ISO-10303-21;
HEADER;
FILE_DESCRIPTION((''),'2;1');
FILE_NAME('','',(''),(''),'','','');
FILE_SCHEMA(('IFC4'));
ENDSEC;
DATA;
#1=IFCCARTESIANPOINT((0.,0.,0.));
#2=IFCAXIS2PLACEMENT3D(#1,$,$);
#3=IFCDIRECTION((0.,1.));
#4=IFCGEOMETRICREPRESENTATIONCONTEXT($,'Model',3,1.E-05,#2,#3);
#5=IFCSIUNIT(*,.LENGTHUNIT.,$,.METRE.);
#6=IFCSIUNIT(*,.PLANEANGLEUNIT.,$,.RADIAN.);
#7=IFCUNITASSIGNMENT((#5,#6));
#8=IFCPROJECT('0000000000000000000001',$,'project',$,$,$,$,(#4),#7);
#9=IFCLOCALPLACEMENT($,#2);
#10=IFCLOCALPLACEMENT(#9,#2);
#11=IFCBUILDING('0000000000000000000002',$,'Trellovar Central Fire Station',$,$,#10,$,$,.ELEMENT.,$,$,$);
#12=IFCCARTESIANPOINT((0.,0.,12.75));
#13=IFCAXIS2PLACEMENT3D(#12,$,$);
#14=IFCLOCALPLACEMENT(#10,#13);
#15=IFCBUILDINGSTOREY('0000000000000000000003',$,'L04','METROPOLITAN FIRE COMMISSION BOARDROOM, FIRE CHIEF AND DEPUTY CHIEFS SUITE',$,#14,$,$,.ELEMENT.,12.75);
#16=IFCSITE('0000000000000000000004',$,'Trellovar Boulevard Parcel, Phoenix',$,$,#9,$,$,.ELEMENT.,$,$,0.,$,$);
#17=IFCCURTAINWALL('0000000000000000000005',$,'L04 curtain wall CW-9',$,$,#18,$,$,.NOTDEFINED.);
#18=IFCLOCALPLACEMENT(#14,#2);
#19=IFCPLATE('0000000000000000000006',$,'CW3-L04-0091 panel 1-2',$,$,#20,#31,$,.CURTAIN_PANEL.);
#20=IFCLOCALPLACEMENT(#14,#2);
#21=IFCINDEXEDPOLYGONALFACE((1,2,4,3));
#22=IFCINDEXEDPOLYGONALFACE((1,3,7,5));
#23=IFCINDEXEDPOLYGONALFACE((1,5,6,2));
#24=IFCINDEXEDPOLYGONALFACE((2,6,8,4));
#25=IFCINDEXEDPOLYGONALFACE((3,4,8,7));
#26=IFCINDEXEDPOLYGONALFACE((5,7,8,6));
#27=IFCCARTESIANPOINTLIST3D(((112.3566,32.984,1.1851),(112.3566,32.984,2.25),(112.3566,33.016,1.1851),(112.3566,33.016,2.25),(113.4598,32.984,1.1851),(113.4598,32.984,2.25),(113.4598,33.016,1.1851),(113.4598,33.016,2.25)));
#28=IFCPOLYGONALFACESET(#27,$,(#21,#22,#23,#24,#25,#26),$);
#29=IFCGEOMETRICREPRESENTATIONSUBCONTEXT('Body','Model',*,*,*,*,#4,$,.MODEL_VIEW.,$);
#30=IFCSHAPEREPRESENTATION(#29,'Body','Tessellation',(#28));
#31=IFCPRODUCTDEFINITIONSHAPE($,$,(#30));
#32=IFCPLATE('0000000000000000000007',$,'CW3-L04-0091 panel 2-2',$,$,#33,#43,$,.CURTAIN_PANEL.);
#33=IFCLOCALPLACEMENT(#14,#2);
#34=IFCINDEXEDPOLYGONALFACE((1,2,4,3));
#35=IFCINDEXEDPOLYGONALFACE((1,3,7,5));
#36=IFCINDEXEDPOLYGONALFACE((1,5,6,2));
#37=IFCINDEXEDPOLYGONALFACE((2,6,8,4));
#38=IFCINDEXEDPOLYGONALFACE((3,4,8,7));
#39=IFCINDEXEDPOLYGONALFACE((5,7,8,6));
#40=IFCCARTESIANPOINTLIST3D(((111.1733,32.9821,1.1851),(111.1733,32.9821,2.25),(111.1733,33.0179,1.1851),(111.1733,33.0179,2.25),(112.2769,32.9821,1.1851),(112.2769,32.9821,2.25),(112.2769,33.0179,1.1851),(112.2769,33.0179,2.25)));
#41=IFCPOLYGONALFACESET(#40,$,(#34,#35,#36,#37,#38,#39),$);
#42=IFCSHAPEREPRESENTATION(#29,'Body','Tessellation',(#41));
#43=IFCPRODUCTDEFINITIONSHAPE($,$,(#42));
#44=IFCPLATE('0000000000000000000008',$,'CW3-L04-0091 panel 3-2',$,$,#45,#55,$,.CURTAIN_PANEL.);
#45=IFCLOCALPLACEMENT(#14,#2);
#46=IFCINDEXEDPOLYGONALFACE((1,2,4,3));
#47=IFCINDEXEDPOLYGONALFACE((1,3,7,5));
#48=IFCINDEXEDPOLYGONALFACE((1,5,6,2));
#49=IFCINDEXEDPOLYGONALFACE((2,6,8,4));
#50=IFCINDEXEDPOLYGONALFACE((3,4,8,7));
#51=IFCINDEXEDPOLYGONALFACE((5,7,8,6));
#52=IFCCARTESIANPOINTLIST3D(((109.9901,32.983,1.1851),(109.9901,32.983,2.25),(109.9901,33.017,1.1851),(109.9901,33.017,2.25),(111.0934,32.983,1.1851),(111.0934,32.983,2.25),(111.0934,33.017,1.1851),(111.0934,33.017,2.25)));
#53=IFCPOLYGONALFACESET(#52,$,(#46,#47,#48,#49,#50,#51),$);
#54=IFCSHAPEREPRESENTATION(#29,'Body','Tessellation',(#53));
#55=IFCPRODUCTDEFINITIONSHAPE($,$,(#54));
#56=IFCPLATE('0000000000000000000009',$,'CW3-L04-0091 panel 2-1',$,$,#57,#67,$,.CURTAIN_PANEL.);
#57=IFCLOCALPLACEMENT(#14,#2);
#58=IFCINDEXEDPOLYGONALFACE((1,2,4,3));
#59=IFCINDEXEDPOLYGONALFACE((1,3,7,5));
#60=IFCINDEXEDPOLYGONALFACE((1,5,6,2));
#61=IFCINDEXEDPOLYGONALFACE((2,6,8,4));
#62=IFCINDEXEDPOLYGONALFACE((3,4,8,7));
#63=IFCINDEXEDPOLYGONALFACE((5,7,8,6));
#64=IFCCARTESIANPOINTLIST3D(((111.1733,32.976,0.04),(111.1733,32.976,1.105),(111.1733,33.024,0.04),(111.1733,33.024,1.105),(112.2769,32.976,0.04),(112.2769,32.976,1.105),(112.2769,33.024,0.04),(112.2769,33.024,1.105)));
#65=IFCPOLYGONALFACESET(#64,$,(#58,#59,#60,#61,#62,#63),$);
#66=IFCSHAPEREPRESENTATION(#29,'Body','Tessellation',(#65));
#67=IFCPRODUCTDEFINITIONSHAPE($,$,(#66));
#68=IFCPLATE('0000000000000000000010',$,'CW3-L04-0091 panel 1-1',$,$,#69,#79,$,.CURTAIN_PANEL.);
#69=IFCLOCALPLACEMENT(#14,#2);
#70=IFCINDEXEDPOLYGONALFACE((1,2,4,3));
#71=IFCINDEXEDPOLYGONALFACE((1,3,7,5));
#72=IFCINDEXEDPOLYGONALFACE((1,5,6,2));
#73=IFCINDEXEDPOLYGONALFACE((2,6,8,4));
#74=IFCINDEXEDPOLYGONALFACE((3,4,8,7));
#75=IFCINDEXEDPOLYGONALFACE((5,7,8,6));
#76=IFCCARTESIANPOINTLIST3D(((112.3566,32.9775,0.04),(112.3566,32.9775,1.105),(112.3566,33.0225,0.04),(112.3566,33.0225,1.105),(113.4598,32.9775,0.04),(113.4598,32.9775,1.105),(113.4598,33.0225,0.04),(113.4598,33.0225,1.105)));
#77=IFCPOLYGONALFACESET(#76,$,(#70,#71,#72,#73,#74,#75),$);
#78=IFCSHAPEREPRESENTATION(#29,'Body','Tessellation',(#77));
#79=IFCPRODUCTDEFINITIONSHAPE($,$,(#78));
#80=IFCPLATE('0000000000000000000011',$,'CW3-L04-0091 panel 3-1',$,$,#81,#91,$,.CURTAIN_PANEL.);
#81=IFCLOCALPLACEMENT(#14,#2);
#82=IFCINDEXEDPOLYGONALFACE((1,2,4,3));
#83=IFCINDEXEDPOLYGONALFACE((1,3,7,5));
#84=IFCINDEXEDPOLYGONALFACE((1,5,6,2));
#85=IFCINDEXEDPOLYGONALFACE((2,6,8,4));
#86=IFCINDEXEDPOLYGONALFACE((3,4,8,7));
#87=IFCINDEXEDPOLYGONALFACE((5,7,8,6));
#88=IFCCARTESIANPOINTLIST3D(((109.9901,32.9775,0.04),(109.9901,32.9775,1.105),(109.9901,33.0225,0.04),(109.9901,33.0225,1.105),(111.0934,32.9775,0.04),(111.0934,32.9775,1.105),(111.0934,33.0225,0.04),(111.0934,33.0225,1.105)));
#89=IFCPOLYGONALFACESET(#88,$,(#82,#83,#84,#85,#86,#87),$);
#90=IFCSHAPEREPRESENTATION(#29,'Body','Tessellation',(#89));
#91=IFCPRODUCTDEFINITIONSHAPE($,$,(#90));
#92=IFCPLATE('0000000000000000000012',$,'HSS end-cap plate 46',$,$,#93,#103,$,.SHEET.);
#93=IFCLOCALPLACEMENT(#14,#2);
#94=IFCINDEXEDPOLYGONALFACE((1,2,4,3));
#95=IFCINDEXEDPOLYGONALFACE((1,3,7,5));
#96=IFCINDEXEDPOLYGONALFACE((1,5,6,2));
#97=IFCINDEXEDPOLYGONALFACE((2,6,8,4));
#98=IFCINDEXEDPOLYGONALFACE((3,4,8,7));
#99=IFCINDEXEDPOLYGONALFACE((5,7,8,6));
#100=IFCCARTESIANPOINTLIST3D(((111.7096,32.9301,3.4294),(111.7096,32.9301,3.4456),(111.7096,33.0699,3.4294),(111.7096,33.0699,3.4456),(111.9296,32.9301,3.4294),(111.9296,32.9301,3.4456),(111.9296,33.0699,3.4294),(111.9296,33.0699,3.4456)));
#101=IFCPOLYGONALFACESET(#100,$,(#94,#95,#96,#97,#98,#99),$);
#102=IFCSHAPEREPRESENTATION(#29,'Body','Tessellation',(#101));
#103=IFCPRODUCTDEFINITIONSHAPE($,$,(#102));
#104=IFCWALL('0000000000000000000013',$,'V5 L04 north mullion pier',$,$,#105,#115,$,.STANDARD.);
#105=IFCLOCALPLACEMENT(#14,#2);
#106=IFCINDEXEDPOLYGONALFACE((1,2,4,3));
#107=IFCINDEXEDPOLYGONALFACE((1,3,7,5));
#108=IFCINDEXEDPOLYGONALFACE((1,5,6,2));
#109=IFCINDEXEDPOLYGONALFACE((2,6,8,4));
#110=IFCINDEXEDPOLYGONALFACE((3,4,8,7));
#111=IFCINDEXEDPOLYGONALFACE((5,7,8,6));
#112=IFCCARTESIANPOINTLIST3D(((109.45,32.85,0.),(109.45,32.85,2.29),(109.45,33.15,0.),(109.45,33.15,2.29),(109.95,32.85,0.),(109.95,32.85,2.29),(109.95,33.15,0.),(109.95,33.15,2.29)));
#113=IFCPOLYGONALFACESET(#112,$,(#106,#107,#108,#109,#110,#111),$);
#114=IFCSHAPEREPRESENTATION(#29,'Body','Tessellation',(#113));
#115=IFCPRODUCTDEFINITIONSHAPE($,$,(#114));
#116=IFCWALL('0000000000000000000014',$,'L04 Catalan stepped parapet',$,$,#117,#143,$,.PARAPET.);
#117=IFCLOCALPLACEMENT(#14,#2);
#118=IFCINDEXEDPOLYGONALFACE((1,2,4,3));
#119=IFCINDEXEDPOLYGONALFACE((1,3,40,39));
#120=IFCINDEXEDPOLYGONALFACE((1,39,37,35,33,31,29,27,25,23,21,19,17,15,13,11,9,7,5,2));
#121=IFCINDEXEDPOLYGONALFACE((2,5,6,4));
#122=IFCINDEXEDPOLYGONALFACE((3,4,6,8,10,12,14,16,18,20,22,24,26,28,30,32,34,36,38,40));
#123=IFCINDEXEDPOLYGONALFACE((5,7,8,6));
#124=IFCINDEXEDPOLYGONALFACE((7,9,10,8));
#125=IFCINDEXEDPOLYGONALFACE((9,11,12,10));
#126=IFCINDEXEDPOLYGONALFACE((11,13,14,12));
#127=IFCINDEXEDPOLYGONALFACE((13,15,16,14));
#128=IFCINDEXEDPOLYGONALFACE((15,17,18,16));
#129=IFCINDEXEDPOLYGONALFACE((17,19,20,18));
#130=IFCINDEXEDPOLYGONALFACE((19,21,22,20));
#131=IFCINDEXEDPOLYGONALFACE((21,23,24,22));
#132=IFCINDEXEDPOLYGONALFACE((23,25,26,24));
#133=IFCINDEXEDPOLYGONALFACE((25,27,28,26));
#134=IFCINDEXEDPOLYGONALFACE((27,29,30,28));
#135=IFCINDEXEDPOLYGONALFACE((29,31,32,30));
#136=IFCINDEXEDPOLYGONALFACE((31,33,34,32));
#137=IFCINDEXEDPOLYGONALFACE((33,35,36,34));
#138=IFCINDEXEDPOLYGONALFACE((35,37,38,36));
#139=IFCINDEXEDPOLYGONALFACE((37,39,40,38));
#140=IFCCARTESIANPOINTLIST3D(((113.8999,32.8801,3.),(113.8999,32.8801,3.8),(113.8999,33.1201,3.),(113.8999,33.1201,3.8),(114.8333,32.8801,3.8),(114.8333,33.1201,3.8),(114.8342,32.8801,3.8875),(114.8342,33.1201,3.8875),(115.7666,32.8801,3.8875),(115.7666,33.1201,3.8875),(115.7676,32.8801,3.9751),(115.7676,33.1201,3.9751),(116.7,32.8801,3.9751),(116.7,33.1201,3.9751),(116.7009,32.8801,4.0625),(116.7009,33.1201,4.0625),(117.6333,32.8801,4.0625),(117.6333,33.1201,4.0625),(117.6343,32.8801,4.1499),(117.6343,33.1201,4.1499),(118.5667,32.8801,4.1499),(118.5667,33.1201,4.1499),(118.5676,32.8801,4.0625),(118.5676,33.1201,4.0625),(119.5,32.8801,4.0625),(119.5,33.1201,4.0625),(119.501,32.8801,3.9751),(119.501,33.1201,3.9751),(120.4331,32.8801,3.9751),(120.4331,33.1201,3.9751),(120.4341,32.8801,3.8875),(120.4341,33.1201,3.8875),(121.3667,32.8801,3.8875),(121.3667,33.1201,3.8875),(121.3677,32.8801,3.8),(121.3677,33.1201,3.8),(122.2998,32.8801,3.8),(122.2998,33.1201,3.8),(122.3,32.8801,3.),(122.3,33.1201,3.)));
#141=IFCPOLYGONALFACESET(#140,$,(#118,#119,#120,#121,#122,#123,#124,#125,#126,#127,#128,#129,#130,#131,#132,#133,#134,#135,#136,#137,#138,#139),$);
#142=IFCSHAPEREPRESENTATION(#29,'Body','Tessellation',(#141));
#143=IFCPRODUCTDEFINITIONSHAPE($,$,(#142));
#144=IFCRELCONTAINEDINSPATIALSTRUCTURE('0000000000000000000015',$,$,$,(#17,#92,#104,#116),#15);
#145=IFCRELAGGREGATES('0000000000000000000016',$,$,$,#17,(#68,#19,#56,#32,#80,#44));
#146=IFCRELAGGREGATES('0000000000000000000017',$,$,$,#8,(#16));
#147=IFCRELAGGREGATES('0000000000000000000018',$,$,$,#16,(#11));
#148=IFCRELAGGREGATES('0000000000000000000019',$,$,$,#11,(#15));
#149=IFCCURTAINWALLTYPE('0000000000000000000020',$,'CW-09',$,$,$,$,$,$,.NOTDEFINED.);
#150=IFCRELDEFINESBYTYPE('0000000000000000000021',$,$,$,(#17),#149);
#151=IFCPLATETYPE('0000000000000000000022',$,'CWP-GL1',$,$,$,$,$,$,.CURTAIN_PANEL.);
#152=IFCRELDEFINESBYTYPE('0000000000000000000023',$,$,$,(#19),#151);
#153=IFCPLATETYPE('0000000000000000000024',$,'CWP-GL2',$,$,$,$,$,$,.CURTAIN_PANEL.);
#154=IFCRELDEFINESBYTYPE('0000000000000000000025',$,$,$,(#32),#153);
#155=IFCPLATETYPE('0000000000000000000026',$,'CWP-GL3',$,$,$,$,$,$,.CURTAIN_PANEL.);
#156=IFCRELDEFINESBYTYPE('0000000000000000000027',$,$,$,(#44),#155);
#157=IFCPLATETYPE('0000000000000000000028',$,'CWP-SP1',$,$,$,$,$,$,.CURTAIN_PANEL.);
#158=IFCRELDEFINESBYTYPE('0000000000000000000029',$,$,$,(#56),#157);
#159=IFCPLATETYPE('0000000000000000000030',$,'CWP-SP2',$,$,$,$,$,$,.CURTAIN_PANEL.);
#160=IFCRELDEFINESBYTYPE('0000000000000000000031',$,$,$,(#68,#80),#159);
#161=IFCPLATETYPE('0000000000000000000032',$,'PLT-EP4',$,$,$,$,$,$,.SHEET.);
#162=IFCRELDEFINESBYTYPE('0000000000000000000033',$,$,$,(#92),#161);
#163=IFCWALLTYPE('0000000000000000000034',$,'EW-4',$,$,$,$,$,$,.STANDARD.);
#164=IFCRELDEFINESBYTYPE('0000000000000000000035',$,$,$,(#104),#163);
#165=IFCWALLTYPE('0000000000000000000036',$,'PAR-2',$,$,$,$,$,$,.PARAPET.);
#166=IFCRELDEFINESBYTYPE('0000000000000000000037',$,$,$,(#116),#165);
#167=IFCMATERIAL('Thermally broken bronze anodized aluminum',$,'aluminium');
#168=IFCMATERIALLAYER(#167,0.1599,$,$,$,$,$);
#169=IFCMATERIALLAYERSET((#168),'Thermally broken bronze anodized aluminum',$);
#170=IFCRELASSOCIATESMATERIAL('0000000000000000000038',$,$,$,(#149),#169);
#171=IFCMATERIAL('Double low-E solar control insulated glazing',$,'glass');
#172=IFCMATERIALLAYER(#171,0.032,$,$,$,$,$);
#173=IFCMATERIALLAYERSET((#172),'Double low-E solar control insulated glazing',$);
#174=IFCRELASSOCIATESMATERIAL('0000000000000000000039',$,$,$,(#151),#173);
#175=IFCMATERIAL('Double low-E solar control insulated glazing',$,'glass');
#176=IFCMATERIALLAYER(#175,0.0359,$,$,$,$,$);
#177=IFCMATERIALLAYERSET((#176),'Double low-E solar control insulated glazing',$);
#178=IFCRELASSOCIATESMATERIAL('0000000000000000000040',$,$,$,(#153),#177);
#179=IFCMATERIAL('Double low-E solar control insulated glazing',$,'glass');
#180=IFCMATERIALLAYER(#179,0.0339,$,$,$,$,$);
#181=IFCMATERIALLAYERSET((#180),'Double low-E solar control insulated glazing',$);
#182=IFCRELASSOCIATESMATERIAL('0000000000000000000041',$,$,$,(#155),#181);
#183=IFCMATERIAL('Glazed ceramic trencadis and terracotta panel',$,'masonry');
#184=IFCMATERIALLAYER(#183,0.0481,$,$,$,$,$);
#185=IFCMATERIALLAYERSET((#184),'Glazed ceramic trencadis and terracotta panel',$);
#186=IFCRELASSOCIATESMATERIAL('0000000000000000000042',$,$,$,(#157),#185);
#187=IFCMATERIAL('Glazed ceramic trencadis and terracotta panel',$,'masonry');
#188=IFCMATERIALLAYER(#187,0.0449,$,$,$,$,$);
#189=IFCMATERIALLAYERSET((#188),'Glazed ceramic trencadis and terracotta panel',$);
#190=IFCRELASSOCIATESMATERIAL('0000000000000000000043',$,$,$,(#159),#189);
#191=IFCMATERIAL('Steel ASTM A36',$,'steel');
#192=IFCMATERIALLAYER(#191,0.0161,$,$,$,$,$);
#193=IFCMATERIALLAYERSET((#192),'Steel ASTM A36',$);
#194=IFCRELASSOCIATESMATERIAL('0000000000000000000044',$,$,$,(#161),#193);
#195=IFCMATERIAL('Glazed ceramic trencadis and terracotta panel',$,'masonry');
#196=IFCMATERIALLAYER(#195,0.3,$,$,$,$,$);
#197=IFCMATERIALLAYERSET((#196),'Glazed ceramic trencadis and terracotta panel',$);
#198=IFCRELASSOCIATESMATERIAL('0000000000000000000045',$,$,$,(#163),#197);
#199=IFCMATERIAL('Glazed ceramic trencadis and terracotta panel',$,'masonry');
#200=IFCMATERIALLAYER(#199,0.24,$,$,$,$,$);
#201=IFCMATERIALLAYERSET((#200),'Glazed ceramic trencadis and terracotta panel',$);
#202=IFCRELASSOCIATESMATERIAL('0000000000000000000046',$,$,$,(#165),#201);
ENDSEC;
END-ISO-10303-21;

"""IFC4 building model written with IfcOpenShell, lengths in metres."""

from ifc_helpers import new_model, si_unit, direction, frame, frame_2d, origin, origin_2d, place, context, subcontext, project, spatial, polyline, rectangle, outline, extrude, material, layer, layer_set, type_object, element, aggregate, save


model = new_model("IFC4")

# Units and contexts
model_context = context("Model", 3, precision=1e-05, world=origin(), true_north=direction((0.0, 1.0)))
body_context = subcontext(model_context, "Body", "Model", "MODEL_VIEW")
ifc_project = project(units=[si_unit("LENGTHUNIT", "METRE"), si_unit("PLANEANGLEUNIT", "RADIAN")], contexts=[model_context])

# Site, building, storey
site_placement = place(None, origin())
site = spatial("IfcSite", under=ifc_project, at=site_placement, Name="Trellovar Boulevard Parcel, Phoenix", CompositionType="ELEMENT", RefElevation=0.0)
building_placement = place(site_placement, origin())
building = spatial("IfcBuilding", under=site, at=building_placement, Name="Trellovar Central Fire Station", CompositionType="ELEMENT")
storey_placement = place(building_placement, frame((0.0, 0.0, 12.75)))
storey = spatial("IfcBuildingStorey", under=building, at=storey_placement, Name="L04", Description="METROPOLITAN FIRE COMMISSION BOARDROOM, FIRE CHIEF AND DEPUTY CHIEFS SUITE", CompositionType="ELEMENT", Elevation=12.75)

# Curtain wall
ifc_material_1 = material(Name="Thermally broken bronze anodized aluminum", Category="aluminium")
ifc_layer_1 = layer(ifc_material_1, 0.1599)
ifc_layer_set_1 = layer_set([ifc_layer_1], Name="Thermally broken bronze anodized aluminum")
curtain_wall_type = type_object("IfcCurtainWallType", Name="CW-09", PredefinedType="NOTDEFINED", material=ifc_layer_set_1)
curtain_wall_placement = place(storey_placement, origin())
curtain_wall = element("IfcCurtainWall", 1, at=curtain_wall_placement, inside=storey, type_object=curtain_wall_type, Name="L04 curtain wall CW-9", PredefinedType="NOTDEFINED")

# Plates
ifc_material_2 = material(Name="Double low-E solar control insulated glazing", Category="glass")
ifc_layer_2 = layer(ifc_material_2, 0.032)
ifc_layer_set_2 = layer_set([ifc_layer_2], Name="Double low-E solar control insulated glazing")
plate_type_1 = type_object("IfcPlateType", Name="CWP-GL1", PredefinedType="CURTAIN_PANEL", material=ifc_layer_set_2)
plate_1_placement = place(storey_placement, frame((112.9082, 33.0, 1.1851), z_axis=(0.0, 0.0, 1.0), x_axis=(-1.0, 0.0, 0.0)))
plate_1 = element("IfcPlate", 2, at=plate_1_placement, type_object=plate_type_1, Name="CW3-L04-0091 panel 1-2", PredefinedType="CURTAIN_PANEL", context=body_context, shape_type="SweptSolid", body=[
    extrude(rectangle(XDim=1.1033, YDim=0.032, at=origin_2d()), origin(), (0.0, 0.0, 1.0), 1.0649),
])
ifc_material_3 = material(Name="Double low-E solar control insulated glazing", Category="glass")
ifc_layer_3 = layer(ifc_material_3, 0.0359)
ifc_layer_set_3 = layer_set([ifc_layer_3], Name="Double low-E solar control insulated glazing")
plate_type_2 = type_object("IfcPlateType", Name="CWP-GL2", PredefinedType="CURTAIN_PANEL", material=ifc_layer_set_3)
plate_2_placement = place(storey_placement, frame((111.7251, 33.0, 1.1851), z_axis=(0.0, 0.0, 1.0), x_axis=(-1.0, 0.0, 0.0)))
plate_2 = element("IfcPlate", 3, at=plate_2_placement, type_object=plate_type_2, Name="CW3-L04-0091 panel 2-2", PredefinedType="CURTAIN_PANEL", context=body_context, shape_type="SweptSolid", body=[
    extrude(rectangle(XDim=1.1035, YDim=0.0359, at=origin_2d()), origin(), (0.0, 0.0, 1.0), 1.0649),
])
ifc_material_4 = material(Name="Double low-E solar control insulated glazing", Category="glass")
ifc_layer_4 = layer(ifc_material_4, 0.0339)
ifc_layer_set_4 = layer_set([ifc_layer_4], Name="Double low-E solar control insulated glazing")
plate_type_3 = type_object("IfcPlateType", Name="CWP-GL3", PredefinedType="CURTAIN_PANEL", material=ifc_layer_set_4)
plate_3_placement = place(storey_placement, frame((110.5417, 33.0, 1.1851), z_axis=(0.0, 0.0, 1.0), x_axis=(-1.0, 0.0, 0.0)))
plate_3 = element("IfcPlate", 4, at=plate_3_placement, type_object=plate_type_3, Name="CW3-L04-0091 panel 3-2", PredefinedType="CURTAIN_PANEL", context=body_context, shape_type="SweptSolid", body=[
    extrude(rectangle(XDim=1.1033, YDim=0.0339, at=origin_2d()), origin(), (0.0, 0.0, 1.0), 1.0649),
])
ifc_material_5 = material(Name="Glazed ceramic trencadis and terracotta panel", Category="masonry")
ifc_layer_5 = layer(ifc_material_5, 0.0481)
ifc_layer_set_5 = layer_set([ifc_layer_5], Name="Glazed ceramic trencadis and terracotta panel")
plate_type_4 = type_object("IfcPlateType", Name="CWP-SP1", PredefinedType="CURTAIN_PANEL", material=ifc_layer_set_5)
plate_4_placement = place(storey_placement, frame((111.7251, 33.0, 0.04), z_axis=(0.0, 0.0, 1.0), x_axis=(-1.0, 0.0, 0.0)))
plate_4 = element("IfcPlate", 5, at=plate_4_placement, type_object=plate_type_4, Name="CW3-L04-0091 panel 2-1", PredefinedType="CURTAIN_PANEL", context=body_context, shape_type="SweptSolid", body=[
    extrude(rectangle(XDim=1.1035, YDim=0.0481, at=origin_2d()), origin(), (0.0, 0.0, 1.0), 1.0649),
])
ifc_material_6 = material(Name="Glazed ceramic trencadis and terracotta panel", Category="masonry")
ifc_layer_6 = layer(ifc_material_6, 0.0449)
ifc_layer_set_6 = layer_set([ifc_layer_6], Name="Glazed ceramic trencadis and terracotta panel")
plate_type_5 = type_object("IfcPlateType", Name="CWP-SP2", PredefinedType="CURTAIN_PANEL", material=ifc_layer_set_6)
plate_5_placement = place(storey_placement, frame((112.9082, 33.0, 0.04), z_axis=(0.0, 0.0, 1.0), x_axis=(-1.0, 0.0, 0.0)))
plate_5 = element("IfcPlate", 6, at=plate_5_placement, type_object=plate_type_5, Name="CW3-L04-0091 panel 1-1", PredefinedType="CURTAIN_PANEL", context=body_context, shape_type="SweptSolid", body=[
    extrude(rectangle(XDim=1.1033, YDim=0.0449, at=origin_2d()), origin(), (0.0, 0.0, 1.0), 1.0649),
])
plate_6_placement = place(storey_placement, frame((110.5417, 33.0, 0.04), z_axis=(0.0, 0.0, 1.0), x_axis=(-1.0, 0.0, 0.0)))
plate_6 = element("IfcPlate", 7, at=plate_6_placement, type_object=plate_type_5, Name="CW3-L04-0091 panel 3-1", PredefinedType="CURTAIN_PANEL", context=body_context, shape_type="SweptSolid", body=[
    extrude(rectangle(XDim=1.1033, YDim=0.0449, at=origin_2d()), origin(), (0.0, 0.0, 1.0), 1.0649),
])
aggregate(curtain_wall, [plate_5, plate_1, plate_4, plate_2, plate_6, plate_3])
ifc_material_7 = material(Name="Steel ASTM A36", Category="steel")
ifc_layer_7 = layer(ifc_material_7, 0.0161)
ifc_layer_set_7 = layer_set([ifc_layer_7], Name="Steel ASTM A36")
plate_type_6 = type_object("IfcPlateType", Name="PLT-EP4", PredefinedType="SHEET", material=ifc_layer_set_7)
plate_7_placement = place(storey_placement, frame((111.8196, 33.0, 3.4294), z_axis=(0.0, 0.0, 1.0), x_axis=(1.0, 0.0, 0.0)))
element("IfcPlate", 8, at=plate_7_placement, inside=storey, type_object=plate_type_6, Name="HSS end-cap plate 46", PredefinedType="SHEET", context=body_context, shape_type="SweptSolid", body=[
    extrude(rectangle(XDim=0.22, YDim=0.1399, at=origin_2d()), origin(), (0.0, 0.0, 1.0), 0.0161),
])

# Walls
ifc_material_8 = material(Name="Glazed ceramic trencadis and terracotta panel", Category="masonry")
ifc_layer_8 = layer(ifc_material_8, 0.3)
ifc_layer_set_8 = layer_set([ifc_layer_8], Name="Glazed ceramic trencadis and terracotta panel")
wall_type_1 = type_object("IfcWallType", Name="EW-4", PredefinedType="STANDARD", material=ifc_layer_set_8)
wall_1_placement = place(storey_placement, frame((109.95, 33.0, 0.0), z_axis=(0.0, 0.0, 1.0), x_axis=(-1.0, 0.0, 0.0)))
element("IfcWall", 9, at=wall_1_placement, inside=storey, type_object=wall_type_1, Name="V5 L04 north mullion pier", PredefinedType="STANDARD", context=body_context, shape_type="SweptSolid", body=[
    extrude(rectangle(XDim=0.5, YDim=0.3, at=frame_2d((0.25, 0.0))), origin(), (0.0, 0.0, 1.0), 2.29),
])
ifc_material_9 = material(Name="Glazed ceramic trencadis and terracotta panel", Category="masonry")
ifc_layer_9 = layer(ifc_material_9, 0.24)
ifc_layer_set_9 = layer_set([ifc_layer_9], Name="Glazed ceramic trencadis and terracotta panel")
wall_type_2 = type_object("IfcWallType", Name="PAR-2", PredefinedType="PARAPET", material=ifc_layer_set_9)
wall_2_placement = place(storey_placement, frame((113.8999, 33.0, 3.0), z_axis=(0.0, 0.0, 1.0), x_axis=(1.0, 0.0, 0.0)))
element("IfcWall", 10, at=wall_2_placement, inside=storey, type_object=wall_type_2, Name="L04 Catalan stepped parapet", PredefinedType="PARAPET", context=body_context, shape_type="SweptSolid", body=[
    extrude(outline(polyline([(0.0, 0.0), (8.4001, 0.0), (8.3999, 0.8), (7.4678, 0.8), (7.4668, 0.8875), (6.5342, 0.8875), (6.5332, 0.9751), (5.6011, 0.9751), (5.6001, 1.0625), (4.6677, 1.0625), (4.6667, 1.1499), (3.7344, 1.1499), (3.7334, 1.0625), (2.801, 1.0625), (2.8, 0.9751), (1.8677, 0.9751), (1.8667, 0.8875), (0.9343, 0.8875), (0.9333, 0.8), (0.0, 0.8), (0.0, 0.0)])), frame((0.0, 0.1201, 0.0), z_axis=(0.0, -1.0, 0.0), x_axis=(1.0, 0.0, 0.0)), (0.0, 0.0, 1.0), 0.24),
])

save(model, "model.ifc")
